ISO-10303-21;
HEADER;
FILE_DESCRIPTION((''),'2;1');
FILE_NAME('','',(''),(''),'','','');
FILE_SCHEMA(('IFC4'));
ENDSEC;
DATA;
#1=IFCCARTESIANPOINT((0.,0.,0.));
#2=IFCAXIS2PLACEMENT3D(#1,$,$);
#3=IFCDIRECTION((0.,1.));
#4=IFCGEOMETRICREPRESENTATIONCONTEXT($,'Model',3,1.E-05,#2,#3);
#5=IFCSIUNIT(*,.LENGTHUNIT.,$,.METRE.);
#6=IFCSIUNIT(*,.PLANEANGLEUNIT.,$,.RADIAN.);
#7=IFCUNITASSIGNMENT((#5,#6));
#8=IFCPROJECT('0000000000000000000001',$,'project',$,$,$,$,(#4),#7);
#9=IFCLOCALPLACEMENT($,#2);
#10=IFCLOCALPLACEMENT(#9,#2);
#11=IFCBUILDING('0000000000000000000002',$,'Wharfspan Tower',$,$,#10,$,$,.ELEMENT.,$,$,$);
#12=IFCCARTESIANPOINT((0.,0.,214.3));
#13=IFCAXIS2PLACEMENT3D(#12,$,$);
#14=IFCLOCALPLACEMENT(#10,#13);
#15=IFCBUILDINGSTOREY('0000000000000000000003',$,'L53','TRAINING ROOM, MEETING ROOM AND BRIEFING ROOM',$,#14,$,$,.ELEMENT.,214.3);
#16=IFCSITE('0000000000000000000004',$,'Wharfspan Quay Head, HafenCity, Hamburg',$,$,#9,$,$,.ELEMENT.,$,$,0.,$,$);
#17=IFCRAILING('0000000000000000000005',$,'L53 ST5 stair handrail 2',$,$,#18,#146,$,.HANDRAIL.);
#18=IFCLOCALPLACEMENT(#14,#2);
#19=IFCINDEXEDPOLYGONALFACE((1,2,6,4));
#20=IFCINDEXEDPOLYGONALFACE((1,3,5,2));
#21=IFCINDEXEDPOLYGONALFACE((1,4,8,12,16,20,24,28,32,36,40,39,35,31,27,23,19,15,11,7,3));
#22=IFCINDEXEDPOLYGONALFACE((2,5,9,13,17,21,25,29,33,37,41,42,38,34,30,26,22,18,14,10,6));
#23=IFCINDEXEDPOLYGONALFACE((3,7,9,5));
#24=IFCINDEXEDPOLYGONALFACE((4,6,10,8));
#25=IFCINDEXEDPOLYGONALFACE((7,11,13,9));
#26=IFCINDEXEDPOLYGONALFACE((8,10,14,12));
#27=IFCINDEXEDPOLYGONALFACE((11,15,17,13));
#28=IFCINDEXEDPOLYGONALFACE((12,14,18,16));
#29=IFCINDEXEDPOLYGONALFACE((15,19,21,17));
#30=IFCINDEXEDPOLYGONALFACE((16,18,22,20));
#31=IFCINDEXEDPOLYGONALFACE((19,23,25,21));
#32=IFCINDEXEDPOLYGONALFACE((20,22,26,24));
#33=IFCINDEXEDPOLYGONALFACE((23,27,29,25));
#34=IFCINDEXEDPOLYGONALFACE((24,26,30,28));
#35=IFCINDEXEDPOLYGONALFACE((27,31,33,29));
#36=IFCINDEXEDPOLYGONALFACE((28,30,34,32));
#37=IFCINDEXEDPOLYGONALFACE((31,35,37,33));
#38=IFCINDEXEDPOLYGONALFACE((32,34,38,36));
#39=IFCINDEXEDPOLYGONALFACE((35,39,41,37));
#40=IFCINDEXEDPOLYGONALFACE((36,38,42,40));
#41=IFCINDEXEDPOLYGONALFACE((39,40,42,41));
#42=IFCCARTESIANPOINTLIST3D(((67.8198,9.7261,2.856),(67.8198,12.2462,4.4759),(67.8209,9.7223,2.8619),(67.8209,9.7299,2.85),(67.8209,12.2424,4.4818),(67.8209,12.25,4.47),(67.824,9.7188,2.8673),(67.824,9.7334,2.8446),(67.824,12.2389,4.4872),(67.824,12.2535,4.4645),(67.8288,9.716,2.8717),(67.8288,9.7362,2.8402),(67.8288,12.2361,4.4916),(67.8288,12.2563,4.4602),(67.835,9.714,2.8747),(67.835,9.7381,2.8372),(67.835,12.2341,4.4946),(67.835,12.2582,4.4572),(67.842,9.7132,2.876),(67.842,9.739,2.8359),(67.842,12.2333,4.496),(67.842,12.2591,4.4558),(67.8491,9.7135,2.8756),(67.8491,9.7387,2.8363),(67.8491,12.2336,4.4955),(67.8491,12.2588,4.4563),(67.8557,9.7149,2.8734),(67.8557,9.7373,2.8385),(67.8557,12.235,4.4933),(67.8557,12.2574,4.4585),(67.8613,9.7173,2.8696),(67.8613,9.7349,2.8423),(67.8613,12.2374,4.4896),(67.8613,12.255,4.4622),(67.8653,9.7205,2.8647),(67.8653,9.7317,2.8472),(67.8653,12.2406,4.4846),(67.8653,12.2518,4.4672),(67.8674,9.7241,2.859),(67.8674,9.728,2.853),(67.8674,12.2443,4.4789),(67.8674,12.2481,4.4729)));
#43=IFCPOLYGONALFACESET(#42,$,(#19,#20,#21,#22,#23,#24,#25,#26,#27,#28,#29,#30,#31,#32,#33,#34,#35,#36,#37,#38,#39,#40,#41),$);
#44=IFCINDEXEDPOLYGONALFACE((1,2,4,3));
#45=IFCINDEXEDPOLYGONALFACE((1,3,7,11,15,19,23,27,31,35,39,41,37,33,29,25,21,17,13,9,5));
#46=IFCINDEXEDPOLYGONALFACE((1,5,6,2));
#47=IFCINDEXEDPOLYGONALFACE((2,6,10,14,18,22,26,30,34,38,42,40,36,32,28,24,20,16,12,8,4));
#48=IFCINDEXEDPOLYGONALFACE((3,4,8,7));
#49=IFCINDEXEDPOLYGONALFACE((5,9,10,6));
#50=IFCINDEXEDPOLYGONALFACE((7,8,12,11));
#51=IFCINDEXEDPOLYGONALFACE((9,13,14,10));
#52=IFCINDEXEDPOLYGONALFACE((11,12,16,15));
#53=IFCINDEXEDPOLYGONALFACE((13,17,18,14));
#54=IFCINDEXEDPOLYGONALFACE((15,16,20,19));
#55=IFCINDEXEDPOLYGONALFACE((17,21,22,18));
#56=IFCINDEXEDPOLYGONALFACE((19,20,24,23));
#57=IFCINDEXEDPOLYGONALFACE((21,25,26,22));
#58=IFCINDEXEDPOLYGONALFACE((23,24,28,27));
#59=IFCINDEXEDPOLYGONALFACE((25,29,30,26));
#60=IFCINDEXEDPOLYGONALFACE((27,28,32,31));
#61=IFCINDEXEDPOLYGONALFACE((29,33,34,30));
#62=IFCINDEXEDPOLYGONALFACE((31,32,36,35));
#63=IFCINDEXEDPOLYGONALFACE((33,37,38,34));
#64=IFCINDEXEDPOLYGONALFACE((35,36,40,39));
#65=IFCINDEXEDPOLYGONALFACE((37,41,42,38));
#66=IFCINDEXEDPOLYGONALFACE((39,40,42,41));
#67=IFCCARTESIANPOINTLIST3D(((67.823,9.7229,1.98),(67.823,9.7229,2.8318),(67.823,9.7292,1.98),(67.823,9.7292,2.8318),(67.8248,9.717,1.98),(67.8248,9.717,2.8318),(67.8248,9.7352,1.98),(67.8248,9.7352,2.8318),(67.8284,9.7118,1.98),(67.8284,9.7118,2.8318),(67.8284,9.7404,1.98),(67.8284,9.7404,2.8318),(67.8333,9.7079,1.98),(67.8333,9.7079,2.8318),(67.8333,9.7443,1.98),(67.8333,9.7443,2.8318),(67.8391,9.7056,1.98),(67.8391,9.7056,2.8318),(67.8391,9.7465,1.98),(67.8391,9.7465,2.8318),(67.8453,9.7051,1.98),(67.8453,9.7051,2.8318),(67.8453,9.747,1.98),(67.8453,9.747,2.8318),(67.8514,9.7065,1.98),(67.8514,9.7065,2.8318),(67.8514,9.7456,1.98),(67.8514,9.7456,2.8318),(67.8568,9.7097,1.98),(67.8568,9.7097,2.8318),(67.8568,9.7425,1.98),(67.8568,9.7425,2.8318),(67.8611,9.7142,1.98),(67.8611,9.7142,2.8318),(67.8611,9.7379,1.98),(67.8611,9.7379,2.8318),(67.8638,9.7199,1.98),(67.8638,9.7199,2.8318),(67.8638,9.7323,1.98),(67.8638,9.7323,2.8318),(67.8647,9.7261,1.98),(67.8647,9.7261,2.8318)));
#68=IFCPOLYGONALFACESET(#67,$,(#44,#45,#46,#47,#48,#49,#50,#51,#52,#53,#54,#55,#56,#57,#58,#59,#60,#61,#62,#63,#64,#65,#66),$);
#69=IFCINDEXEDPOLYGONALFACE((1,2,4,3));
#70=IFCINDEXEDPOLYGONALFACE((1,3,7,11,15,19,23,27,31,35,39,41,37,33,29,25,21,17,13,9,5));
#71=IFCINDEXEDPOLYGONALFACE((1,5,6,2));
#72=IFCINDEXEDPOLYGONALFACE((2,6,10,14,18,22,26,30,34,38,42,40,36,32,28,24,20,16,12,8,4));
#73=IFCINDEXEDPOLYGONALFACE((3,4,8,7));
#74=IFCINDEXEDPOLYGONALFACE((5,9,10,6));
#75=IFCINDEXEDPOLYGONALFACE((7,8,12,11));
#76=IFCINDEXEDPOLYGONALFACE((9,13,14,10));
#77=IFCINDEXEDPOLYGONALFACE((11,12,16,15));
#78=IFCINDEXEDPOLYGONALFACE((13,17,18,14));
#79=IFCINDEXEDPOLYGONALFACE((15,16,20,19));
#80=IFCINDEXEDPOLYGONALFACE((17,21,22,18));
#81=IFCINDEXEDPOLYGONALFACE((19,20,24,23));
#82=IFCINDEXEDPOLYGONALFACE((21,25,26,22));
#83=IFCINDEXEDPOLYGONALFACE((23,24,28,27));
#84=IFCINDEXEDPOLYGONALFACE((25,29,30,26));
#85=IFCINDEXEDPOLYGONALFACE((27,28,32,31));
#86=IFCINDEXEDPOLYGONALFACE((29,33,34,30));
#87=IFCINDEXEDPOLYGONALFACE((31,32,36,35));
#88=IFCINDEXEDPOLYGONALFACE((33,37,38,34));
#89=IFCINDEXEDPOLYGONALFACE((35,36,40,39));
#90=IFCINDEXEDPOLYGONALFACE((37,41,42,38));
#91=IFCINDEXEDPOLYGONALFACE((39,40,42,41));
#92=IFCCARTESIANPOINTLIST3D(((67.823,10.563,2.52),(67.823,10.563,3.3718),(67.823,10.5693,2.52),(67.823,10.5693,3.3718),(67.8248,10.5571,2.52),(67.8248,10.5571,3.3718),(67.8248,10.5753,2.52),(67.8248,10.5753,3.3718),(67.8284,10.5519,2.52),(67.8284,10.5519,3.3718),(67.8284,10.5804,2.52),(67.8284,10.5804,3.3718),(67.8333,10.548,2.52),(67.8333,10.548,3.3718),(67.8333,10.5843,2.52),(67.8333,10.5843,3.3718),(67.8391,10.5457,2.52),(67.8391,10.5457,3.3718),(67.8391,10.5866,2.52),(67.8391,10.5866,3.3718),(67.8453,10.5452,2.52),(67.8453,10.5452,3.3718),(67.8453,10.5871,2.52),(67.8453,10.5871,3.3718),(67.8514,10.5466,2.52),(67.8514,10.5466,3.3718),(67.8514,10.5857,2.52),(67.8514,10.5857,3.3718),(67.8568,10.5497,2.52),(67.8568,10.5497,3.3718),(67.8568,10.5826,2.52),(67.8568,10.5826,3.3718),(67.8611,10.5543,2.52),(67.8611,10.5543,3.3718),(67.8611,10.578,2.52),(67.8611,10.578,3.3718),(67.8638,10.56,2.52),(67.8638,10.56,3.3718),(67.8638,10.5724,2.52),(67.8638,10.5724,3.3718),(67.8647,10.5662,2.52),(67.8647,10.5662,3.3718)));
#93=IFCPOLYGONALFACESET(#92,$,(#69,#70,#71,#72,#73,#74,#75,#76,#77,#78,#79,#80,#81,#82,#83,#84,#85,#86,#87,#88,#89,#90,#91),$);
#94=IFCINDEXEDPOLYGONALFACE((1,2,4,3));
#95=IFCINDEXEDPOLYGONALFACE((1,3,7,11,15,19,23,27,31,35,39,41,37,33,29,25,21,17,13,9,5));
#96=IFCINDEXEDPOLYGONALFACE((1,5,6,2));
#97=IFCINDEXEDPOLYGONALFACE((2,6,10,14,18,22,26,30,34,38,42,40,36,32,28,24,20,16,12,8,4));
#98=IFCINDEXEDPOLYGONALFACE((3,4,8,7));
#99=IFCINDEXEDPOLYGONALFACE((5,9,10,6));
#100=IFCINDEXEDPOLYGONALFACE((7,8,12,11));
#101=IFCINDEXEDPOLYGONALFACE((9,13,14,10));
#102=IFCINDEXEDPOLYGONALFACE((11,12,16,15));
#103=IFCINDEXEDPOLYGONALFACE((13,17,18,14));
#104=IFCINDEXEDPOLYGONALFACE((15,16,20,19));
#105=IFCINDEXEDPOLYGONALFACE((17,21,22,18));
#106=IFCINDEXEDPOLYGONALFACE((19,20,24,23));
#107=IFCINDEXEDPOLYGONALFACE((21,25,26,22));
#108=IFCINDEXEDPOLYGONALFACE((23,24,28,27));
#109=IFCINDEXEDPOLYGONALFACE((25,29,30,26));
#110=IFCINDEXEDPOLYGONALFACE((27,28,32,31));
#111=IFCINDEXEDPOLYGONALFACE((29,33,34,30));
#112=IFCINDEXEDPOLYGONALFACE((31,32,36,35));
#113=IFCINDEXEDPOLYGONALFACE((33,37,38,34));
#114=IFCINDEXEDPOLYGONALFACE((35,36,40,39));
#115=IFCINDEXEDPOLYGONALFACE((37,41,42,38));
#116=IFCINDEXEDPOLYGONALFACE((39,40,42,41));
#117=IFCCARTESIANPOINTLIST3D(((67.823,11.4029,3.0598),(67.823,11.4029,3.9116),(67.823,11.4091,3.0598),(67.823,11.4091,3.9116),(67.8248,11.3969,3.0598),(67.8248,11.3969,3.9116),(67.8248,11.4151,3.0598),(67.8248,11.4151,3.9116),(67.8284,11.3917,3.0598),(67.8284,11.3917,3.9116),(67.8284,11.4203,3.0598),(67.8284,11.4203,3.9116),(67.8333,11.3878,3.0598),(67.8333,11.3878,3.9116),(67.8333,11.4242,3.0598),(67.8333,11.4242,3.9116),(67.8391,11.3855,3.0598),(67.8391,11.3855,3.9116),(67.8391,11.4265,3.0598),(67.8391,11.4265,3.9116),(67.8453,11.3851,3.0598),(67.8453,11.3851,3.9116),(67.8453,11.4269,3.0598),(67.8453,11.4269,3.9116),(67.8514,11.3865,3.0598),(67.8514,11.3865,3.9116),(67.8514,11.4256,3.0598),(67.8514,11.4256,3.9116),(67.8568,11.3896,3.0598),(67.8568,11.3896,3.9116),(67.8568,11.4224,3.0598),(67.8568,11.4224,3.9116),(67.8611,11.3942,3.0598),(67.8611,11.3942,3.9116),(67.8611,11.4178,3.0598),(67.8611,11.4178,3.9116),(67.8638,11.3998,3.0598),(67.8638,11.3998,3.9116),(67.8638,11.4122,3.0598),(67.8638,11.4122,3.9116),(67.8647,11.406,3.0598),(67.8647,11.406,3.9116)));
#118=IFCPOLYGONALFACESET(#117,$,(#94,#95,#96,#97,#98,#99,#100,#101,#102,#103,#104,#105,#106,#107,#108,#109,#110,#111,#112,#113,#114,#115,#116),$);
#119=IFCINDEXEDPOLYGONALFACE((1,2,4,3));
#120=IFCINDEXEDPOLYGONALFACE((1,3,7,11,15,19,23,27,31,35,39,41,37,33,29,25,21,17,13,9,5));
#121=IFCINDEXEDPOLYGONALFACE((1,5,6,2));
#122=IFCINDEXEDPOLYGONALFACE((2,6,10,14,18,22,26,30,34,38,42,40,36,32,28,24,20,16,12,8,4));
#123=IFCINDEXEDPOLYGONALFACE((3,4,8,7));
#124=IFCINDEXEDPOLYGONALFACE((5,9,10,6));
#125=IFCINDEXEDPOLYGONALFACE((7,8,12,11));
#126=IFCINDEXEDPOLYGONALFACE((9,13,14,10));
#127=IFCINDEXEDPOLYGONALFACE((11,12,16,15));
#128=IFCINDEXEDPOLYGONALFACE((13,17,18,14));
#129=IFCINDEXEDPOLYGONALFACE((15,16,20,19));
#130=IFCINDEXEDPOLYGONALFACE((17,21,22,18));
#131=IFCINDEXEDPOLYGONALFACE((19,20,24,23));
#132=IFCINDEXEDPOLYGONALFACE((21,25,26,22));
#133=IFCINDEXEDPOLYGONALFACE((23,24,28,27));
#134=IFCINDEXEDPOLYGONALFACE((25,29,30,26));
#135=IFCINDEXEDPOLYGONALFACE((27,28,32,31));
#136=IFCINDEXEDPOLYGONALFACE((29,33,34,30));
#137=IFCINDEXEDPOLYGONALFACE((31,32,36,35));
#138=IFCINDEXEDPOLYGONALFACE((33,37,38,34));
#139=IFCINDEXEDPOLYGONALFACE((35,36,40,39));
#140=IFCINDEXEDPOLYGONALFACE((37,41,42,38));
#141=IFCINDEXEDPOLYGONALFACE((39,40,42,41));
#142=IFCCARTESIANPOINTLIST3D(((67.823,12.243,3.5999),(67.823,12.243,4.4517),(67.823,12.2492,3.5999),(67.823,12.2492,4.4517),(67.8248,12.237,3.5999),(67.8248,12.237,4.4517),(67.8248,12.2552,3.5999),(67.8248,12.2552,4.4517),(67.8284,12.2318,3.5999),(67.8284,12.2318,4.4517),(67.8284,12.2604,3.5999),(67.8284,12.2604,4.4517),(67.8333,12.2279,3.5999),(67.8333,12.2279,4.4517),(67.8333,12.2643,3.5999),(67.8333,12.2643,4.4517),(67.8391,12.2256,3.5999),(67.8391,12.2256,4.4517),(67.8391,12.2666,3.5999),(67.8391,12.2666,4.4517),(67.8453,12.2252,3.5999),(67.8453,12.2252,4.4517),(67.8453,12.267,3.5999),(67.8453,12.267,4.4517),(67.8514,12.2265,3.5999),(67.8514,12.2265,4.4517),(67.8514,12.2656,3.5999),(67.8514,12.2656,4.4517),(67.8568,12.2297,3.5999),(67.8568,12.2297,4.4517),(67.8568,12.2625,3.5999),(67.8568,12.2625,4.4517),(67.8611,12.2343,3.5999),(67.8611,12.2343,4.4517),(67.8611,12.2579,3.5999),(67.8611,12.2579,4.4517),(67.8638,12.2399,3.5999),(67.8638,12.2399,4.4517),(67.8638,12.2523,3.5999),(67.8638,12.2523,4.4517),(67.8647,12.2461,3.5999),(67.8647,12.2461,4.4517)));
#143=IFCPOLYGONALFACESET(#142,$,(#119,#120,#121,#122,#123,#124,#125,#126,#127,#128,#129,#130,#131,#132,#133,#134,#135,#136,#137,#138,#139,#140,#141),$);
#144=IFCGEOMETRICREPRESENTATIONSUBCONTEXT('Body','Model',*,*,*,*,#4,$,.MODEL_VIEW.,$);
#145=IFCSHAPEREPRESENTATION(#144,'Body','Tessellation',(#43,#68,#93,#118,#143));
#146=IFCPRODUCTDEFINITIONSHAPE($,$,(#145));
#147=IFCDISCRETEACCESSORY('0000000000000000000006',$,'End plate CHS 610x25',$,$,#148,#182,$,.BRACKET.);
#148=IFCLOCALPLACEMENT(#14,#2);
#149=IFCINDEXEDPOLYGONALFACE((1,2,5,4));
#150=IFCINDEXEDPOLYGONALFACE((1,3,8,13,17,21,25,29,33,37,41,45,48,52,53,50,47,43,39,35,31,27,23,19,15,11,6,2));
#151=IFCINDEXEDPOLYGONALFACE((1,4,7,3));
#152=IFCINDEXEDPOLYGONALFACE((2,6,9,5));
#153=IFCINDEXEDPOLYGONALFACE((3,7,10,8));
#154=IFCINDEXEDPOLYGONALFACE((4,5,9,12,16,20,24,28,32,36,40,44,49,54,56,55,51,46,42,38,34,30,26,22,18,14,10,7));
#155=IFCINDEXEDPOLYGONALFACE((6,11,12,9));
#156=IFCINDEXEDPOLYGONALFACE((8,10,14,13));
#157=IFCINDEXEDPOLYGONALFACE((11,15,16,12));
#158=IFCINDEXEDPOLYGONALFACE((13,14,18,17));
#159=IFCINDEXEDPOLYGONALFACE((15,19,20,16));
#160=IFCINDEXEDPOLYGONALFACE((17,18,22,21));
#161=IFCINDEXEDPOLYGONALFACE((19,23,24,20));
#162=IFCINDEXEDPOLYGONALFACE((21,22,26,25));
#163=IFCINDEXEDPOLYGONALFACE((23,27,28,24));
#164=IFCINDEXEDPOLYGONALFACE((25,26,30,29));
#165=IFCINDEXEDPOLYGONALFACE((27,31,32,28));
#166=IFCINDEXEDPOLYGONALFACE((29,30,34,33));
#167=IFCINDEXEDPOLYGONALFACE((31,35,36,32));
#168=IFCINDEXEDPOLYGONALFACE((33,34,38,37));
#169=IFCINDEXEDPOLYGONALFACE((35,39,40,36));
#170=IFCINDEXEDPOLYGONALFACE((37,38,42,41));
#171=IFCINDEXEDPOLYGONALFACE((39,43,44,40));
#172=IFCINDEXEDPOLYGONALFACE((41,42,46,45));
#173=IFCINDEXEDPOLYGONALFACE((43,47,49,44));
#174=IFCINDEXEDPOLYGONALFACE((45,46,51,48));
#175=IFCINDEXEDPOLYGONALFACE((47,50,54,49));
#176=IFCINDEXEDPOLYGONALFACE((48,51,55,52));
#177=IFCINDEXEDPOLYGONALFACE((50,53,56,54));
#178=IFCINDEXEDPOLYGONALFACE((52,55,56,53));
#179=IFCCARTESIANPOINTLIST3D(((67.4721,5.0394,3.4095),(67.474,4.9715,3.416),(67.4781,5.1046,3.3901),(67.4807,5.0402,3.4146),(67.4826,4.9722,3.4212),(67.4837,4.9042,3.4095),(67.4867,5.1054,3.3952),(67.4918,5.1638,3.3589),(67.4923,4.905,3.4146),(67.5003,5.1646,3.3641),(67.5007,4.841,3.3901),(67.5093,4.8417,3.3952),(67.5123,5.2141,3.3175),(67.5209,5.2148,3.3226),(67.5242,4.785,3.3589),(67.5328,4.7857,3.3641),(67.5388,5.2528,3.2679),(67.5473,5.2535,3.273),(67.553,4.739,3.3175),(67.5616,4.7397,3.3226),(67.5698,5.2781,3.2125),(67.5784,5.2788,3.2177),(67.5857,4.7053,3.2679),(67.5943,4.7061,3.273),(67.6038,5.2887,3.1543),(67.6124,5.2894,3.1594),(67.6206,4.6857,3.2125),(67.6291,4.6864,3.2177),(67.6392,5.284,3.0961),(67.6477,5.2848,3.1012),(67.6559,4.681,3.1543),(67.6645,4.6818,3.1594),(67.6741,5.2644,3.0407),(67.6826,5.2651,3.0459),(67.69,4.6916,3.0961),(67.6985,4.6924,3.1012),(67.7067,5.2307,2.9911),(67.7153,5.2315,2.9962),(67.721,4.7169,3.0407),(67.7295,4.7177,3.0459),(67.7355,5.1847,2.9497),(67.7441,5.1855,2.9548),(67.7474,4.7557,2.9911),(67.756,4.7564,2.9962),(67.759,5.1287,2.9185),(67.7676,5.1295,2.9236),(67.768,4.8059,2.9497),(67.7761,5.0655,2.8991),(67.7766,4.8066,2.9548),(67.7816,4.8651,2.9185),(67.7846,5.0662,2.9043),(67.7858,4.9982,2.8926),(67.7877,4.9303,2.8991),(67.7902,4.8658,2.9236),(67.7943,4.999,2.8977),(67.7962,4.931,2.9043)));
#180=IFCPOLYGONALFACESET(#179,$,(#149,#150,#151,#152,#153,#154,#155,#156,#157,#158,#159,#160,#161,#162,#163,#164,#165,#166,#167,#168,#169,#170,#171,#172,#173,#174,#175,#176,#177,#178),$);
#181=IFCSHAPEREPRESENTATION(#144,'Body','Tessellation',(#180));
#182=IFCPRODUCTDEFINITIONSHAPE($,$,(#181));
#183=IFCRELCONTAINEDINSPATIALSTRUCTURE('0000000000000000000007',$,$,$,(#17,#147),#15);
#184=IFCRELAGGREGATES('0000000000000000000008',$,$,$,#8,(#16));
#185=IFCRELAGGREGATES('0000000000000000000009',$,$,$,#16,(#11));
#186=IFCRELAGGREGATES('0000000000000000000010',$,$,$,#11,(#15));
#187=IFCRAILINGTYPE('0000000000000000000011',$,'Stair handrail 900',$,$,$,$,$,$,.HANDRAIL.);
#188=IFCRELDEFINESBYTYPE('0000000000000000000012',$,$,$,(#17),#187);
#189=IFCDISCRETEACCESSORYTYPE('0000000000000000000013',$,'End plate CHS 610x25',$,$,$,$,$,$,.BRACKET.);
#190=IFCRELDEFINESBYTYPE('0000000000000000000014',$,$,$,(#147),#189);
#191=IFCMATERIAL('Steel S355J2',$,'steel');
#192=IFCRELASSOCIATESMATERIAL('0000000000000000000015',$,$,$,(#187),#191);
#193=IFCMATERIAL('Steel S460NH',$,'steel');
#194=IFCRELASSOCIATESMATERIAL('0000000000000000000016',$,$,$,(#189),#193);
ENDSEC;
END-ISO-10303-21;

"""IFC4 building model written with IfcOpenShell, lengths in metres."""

from ifc_helpers import new_model, si_unit, direction, frame, origin, origin_2d, place, context, subcontext, project, spatial, circle, extrude, material, material_profile, profile_set, type_object, element, save


model = new_model("IFC4")

# Units and contexts
model_context = context("Model", 3, precision=1e-05, world=origin(), true_north=direction((0.0, 1.0)))
body_context = subcontext(model_context, "Body", "Model", "MODEL_VIEW")
ifc_project = project(units=[si_unit("LENGTHUNIT", "METRE"), si_unit("PLANEANGLEUNIT", "RADIAN")], contexts=[model_context])

# Site, building, storey
site_placement = place(None, origin())
site = spatial("IfcSite", under=ifc_project, at=site_placement, Name="Wharfspan Quay Head, HafenCity, Hamburg", CompositionType="ELEMENT", RefElevation=0.0)
building_placement = place(site_placement, origin())
building = spatial("IfcBuilding", under=site, at=building_placement, Name="Wharfspan Tower", CompositionType="ELEMENT")
storey_placement = place(building_placement, frame((0.0, 0.0, 214.3)))
storey = spatial("IfcBuildingStorey", under=building, at=storey_placement, Name="L53", Description="TRAINING ROOM, MEETING ROOM AND BRIEFING ROOM", CompositionType="ELEMENT", Elevation=214.3)

# Shared definitions
ifc_material_1 = material(Name="Steel S355J2", Category="steel")

# Shared definitions
ifc_material_2 = material(Name="Steel S460NH", Category="steel")

# Railing
railing_type_1 = type_object("IfcRailingType", Name="Stair handrail 900", PredefinedType="HANDRAIL", material=ifc_material_1)
railing_1_placement = place(storey_placement, frame((67.8438, 9.7261, 1.98)))
element("IfcRailing", 1, at=railing_1_placement, inside=storey, type_object=railing_type_1, Name="L53 ST5 stair handrail 2", PredefinedType="HANDRAIL", context=body_context, shape_type="SweptSolid", body=[
    extrude(circle(Radius=0.0239, at=origin_2d()), frame((0.0, 0.0, 0.876), z_axis=(0.0, 0.8412, 0.540725), x_axis=(-1.0, 0.0, 0.0)), (0.0, 0.0, 1.0), 2.9958),
    extrude(circle(Radius=0.021, at=origin_2d()), origin(), (0.0, 0.0, 1.0), 0.8518),
    extrude(circle(Radius=0.021, at=origin_2d()), frame((0.0, 0.8401, 0.54)), (0.0, 0.0, 1.0), 0.8518),
    extrude(circle(Radius=0.021, at=origin_2d()), frame((0.0, 1.6799, 1.0798)), (0.0, 0.0, 1.0), 0.8518),
    extrude(circle(Radius=0.021, at=origin_2d()), frame((0.0, 2.52, 1.6199)), (0.0, 0.0, 1.0), 0.8518),
])

# Discrete accessory
ifc_material_profile_1 = material_profile(ifc_material_2, circle(Radius=0.3049, at=origin_2d()))
ifc_profile_set_1 = profile_set([ifc_material_profile_1], Name="Steel S460NH")
discrete_accessory_type = type_object("IfcDiscreteAccessoryType", Name="End plate CHS 610x25", PredefinedType="BRACKET", material=ifc_profile_set_1)
for number, where, z_axis, x_axis, name in (
    (2, (67.6299, 4.9849, 3.1543), (0.855186, 0.073302, 0.513112), (-0.085402, 0.996345, 0.000001), "End plate CHS 610x25"),
):
    element("IfcDiscreteAccessory", number, at=place(storey_placement, frame(where, z_axis=z_axis, x_axis=x_axis)), inside=storey, type_object=discrete_accessory_type, Name=name, PredefinedType="BRACKET", context=body_context, shape_type="SweptSolid", body=[
        extrude(circle(Radius=0.3049, at=origin_2d()), origin(), (0.0, 0.0, 1.0), 0.01),
    ])

save(model, "model.ifc")
